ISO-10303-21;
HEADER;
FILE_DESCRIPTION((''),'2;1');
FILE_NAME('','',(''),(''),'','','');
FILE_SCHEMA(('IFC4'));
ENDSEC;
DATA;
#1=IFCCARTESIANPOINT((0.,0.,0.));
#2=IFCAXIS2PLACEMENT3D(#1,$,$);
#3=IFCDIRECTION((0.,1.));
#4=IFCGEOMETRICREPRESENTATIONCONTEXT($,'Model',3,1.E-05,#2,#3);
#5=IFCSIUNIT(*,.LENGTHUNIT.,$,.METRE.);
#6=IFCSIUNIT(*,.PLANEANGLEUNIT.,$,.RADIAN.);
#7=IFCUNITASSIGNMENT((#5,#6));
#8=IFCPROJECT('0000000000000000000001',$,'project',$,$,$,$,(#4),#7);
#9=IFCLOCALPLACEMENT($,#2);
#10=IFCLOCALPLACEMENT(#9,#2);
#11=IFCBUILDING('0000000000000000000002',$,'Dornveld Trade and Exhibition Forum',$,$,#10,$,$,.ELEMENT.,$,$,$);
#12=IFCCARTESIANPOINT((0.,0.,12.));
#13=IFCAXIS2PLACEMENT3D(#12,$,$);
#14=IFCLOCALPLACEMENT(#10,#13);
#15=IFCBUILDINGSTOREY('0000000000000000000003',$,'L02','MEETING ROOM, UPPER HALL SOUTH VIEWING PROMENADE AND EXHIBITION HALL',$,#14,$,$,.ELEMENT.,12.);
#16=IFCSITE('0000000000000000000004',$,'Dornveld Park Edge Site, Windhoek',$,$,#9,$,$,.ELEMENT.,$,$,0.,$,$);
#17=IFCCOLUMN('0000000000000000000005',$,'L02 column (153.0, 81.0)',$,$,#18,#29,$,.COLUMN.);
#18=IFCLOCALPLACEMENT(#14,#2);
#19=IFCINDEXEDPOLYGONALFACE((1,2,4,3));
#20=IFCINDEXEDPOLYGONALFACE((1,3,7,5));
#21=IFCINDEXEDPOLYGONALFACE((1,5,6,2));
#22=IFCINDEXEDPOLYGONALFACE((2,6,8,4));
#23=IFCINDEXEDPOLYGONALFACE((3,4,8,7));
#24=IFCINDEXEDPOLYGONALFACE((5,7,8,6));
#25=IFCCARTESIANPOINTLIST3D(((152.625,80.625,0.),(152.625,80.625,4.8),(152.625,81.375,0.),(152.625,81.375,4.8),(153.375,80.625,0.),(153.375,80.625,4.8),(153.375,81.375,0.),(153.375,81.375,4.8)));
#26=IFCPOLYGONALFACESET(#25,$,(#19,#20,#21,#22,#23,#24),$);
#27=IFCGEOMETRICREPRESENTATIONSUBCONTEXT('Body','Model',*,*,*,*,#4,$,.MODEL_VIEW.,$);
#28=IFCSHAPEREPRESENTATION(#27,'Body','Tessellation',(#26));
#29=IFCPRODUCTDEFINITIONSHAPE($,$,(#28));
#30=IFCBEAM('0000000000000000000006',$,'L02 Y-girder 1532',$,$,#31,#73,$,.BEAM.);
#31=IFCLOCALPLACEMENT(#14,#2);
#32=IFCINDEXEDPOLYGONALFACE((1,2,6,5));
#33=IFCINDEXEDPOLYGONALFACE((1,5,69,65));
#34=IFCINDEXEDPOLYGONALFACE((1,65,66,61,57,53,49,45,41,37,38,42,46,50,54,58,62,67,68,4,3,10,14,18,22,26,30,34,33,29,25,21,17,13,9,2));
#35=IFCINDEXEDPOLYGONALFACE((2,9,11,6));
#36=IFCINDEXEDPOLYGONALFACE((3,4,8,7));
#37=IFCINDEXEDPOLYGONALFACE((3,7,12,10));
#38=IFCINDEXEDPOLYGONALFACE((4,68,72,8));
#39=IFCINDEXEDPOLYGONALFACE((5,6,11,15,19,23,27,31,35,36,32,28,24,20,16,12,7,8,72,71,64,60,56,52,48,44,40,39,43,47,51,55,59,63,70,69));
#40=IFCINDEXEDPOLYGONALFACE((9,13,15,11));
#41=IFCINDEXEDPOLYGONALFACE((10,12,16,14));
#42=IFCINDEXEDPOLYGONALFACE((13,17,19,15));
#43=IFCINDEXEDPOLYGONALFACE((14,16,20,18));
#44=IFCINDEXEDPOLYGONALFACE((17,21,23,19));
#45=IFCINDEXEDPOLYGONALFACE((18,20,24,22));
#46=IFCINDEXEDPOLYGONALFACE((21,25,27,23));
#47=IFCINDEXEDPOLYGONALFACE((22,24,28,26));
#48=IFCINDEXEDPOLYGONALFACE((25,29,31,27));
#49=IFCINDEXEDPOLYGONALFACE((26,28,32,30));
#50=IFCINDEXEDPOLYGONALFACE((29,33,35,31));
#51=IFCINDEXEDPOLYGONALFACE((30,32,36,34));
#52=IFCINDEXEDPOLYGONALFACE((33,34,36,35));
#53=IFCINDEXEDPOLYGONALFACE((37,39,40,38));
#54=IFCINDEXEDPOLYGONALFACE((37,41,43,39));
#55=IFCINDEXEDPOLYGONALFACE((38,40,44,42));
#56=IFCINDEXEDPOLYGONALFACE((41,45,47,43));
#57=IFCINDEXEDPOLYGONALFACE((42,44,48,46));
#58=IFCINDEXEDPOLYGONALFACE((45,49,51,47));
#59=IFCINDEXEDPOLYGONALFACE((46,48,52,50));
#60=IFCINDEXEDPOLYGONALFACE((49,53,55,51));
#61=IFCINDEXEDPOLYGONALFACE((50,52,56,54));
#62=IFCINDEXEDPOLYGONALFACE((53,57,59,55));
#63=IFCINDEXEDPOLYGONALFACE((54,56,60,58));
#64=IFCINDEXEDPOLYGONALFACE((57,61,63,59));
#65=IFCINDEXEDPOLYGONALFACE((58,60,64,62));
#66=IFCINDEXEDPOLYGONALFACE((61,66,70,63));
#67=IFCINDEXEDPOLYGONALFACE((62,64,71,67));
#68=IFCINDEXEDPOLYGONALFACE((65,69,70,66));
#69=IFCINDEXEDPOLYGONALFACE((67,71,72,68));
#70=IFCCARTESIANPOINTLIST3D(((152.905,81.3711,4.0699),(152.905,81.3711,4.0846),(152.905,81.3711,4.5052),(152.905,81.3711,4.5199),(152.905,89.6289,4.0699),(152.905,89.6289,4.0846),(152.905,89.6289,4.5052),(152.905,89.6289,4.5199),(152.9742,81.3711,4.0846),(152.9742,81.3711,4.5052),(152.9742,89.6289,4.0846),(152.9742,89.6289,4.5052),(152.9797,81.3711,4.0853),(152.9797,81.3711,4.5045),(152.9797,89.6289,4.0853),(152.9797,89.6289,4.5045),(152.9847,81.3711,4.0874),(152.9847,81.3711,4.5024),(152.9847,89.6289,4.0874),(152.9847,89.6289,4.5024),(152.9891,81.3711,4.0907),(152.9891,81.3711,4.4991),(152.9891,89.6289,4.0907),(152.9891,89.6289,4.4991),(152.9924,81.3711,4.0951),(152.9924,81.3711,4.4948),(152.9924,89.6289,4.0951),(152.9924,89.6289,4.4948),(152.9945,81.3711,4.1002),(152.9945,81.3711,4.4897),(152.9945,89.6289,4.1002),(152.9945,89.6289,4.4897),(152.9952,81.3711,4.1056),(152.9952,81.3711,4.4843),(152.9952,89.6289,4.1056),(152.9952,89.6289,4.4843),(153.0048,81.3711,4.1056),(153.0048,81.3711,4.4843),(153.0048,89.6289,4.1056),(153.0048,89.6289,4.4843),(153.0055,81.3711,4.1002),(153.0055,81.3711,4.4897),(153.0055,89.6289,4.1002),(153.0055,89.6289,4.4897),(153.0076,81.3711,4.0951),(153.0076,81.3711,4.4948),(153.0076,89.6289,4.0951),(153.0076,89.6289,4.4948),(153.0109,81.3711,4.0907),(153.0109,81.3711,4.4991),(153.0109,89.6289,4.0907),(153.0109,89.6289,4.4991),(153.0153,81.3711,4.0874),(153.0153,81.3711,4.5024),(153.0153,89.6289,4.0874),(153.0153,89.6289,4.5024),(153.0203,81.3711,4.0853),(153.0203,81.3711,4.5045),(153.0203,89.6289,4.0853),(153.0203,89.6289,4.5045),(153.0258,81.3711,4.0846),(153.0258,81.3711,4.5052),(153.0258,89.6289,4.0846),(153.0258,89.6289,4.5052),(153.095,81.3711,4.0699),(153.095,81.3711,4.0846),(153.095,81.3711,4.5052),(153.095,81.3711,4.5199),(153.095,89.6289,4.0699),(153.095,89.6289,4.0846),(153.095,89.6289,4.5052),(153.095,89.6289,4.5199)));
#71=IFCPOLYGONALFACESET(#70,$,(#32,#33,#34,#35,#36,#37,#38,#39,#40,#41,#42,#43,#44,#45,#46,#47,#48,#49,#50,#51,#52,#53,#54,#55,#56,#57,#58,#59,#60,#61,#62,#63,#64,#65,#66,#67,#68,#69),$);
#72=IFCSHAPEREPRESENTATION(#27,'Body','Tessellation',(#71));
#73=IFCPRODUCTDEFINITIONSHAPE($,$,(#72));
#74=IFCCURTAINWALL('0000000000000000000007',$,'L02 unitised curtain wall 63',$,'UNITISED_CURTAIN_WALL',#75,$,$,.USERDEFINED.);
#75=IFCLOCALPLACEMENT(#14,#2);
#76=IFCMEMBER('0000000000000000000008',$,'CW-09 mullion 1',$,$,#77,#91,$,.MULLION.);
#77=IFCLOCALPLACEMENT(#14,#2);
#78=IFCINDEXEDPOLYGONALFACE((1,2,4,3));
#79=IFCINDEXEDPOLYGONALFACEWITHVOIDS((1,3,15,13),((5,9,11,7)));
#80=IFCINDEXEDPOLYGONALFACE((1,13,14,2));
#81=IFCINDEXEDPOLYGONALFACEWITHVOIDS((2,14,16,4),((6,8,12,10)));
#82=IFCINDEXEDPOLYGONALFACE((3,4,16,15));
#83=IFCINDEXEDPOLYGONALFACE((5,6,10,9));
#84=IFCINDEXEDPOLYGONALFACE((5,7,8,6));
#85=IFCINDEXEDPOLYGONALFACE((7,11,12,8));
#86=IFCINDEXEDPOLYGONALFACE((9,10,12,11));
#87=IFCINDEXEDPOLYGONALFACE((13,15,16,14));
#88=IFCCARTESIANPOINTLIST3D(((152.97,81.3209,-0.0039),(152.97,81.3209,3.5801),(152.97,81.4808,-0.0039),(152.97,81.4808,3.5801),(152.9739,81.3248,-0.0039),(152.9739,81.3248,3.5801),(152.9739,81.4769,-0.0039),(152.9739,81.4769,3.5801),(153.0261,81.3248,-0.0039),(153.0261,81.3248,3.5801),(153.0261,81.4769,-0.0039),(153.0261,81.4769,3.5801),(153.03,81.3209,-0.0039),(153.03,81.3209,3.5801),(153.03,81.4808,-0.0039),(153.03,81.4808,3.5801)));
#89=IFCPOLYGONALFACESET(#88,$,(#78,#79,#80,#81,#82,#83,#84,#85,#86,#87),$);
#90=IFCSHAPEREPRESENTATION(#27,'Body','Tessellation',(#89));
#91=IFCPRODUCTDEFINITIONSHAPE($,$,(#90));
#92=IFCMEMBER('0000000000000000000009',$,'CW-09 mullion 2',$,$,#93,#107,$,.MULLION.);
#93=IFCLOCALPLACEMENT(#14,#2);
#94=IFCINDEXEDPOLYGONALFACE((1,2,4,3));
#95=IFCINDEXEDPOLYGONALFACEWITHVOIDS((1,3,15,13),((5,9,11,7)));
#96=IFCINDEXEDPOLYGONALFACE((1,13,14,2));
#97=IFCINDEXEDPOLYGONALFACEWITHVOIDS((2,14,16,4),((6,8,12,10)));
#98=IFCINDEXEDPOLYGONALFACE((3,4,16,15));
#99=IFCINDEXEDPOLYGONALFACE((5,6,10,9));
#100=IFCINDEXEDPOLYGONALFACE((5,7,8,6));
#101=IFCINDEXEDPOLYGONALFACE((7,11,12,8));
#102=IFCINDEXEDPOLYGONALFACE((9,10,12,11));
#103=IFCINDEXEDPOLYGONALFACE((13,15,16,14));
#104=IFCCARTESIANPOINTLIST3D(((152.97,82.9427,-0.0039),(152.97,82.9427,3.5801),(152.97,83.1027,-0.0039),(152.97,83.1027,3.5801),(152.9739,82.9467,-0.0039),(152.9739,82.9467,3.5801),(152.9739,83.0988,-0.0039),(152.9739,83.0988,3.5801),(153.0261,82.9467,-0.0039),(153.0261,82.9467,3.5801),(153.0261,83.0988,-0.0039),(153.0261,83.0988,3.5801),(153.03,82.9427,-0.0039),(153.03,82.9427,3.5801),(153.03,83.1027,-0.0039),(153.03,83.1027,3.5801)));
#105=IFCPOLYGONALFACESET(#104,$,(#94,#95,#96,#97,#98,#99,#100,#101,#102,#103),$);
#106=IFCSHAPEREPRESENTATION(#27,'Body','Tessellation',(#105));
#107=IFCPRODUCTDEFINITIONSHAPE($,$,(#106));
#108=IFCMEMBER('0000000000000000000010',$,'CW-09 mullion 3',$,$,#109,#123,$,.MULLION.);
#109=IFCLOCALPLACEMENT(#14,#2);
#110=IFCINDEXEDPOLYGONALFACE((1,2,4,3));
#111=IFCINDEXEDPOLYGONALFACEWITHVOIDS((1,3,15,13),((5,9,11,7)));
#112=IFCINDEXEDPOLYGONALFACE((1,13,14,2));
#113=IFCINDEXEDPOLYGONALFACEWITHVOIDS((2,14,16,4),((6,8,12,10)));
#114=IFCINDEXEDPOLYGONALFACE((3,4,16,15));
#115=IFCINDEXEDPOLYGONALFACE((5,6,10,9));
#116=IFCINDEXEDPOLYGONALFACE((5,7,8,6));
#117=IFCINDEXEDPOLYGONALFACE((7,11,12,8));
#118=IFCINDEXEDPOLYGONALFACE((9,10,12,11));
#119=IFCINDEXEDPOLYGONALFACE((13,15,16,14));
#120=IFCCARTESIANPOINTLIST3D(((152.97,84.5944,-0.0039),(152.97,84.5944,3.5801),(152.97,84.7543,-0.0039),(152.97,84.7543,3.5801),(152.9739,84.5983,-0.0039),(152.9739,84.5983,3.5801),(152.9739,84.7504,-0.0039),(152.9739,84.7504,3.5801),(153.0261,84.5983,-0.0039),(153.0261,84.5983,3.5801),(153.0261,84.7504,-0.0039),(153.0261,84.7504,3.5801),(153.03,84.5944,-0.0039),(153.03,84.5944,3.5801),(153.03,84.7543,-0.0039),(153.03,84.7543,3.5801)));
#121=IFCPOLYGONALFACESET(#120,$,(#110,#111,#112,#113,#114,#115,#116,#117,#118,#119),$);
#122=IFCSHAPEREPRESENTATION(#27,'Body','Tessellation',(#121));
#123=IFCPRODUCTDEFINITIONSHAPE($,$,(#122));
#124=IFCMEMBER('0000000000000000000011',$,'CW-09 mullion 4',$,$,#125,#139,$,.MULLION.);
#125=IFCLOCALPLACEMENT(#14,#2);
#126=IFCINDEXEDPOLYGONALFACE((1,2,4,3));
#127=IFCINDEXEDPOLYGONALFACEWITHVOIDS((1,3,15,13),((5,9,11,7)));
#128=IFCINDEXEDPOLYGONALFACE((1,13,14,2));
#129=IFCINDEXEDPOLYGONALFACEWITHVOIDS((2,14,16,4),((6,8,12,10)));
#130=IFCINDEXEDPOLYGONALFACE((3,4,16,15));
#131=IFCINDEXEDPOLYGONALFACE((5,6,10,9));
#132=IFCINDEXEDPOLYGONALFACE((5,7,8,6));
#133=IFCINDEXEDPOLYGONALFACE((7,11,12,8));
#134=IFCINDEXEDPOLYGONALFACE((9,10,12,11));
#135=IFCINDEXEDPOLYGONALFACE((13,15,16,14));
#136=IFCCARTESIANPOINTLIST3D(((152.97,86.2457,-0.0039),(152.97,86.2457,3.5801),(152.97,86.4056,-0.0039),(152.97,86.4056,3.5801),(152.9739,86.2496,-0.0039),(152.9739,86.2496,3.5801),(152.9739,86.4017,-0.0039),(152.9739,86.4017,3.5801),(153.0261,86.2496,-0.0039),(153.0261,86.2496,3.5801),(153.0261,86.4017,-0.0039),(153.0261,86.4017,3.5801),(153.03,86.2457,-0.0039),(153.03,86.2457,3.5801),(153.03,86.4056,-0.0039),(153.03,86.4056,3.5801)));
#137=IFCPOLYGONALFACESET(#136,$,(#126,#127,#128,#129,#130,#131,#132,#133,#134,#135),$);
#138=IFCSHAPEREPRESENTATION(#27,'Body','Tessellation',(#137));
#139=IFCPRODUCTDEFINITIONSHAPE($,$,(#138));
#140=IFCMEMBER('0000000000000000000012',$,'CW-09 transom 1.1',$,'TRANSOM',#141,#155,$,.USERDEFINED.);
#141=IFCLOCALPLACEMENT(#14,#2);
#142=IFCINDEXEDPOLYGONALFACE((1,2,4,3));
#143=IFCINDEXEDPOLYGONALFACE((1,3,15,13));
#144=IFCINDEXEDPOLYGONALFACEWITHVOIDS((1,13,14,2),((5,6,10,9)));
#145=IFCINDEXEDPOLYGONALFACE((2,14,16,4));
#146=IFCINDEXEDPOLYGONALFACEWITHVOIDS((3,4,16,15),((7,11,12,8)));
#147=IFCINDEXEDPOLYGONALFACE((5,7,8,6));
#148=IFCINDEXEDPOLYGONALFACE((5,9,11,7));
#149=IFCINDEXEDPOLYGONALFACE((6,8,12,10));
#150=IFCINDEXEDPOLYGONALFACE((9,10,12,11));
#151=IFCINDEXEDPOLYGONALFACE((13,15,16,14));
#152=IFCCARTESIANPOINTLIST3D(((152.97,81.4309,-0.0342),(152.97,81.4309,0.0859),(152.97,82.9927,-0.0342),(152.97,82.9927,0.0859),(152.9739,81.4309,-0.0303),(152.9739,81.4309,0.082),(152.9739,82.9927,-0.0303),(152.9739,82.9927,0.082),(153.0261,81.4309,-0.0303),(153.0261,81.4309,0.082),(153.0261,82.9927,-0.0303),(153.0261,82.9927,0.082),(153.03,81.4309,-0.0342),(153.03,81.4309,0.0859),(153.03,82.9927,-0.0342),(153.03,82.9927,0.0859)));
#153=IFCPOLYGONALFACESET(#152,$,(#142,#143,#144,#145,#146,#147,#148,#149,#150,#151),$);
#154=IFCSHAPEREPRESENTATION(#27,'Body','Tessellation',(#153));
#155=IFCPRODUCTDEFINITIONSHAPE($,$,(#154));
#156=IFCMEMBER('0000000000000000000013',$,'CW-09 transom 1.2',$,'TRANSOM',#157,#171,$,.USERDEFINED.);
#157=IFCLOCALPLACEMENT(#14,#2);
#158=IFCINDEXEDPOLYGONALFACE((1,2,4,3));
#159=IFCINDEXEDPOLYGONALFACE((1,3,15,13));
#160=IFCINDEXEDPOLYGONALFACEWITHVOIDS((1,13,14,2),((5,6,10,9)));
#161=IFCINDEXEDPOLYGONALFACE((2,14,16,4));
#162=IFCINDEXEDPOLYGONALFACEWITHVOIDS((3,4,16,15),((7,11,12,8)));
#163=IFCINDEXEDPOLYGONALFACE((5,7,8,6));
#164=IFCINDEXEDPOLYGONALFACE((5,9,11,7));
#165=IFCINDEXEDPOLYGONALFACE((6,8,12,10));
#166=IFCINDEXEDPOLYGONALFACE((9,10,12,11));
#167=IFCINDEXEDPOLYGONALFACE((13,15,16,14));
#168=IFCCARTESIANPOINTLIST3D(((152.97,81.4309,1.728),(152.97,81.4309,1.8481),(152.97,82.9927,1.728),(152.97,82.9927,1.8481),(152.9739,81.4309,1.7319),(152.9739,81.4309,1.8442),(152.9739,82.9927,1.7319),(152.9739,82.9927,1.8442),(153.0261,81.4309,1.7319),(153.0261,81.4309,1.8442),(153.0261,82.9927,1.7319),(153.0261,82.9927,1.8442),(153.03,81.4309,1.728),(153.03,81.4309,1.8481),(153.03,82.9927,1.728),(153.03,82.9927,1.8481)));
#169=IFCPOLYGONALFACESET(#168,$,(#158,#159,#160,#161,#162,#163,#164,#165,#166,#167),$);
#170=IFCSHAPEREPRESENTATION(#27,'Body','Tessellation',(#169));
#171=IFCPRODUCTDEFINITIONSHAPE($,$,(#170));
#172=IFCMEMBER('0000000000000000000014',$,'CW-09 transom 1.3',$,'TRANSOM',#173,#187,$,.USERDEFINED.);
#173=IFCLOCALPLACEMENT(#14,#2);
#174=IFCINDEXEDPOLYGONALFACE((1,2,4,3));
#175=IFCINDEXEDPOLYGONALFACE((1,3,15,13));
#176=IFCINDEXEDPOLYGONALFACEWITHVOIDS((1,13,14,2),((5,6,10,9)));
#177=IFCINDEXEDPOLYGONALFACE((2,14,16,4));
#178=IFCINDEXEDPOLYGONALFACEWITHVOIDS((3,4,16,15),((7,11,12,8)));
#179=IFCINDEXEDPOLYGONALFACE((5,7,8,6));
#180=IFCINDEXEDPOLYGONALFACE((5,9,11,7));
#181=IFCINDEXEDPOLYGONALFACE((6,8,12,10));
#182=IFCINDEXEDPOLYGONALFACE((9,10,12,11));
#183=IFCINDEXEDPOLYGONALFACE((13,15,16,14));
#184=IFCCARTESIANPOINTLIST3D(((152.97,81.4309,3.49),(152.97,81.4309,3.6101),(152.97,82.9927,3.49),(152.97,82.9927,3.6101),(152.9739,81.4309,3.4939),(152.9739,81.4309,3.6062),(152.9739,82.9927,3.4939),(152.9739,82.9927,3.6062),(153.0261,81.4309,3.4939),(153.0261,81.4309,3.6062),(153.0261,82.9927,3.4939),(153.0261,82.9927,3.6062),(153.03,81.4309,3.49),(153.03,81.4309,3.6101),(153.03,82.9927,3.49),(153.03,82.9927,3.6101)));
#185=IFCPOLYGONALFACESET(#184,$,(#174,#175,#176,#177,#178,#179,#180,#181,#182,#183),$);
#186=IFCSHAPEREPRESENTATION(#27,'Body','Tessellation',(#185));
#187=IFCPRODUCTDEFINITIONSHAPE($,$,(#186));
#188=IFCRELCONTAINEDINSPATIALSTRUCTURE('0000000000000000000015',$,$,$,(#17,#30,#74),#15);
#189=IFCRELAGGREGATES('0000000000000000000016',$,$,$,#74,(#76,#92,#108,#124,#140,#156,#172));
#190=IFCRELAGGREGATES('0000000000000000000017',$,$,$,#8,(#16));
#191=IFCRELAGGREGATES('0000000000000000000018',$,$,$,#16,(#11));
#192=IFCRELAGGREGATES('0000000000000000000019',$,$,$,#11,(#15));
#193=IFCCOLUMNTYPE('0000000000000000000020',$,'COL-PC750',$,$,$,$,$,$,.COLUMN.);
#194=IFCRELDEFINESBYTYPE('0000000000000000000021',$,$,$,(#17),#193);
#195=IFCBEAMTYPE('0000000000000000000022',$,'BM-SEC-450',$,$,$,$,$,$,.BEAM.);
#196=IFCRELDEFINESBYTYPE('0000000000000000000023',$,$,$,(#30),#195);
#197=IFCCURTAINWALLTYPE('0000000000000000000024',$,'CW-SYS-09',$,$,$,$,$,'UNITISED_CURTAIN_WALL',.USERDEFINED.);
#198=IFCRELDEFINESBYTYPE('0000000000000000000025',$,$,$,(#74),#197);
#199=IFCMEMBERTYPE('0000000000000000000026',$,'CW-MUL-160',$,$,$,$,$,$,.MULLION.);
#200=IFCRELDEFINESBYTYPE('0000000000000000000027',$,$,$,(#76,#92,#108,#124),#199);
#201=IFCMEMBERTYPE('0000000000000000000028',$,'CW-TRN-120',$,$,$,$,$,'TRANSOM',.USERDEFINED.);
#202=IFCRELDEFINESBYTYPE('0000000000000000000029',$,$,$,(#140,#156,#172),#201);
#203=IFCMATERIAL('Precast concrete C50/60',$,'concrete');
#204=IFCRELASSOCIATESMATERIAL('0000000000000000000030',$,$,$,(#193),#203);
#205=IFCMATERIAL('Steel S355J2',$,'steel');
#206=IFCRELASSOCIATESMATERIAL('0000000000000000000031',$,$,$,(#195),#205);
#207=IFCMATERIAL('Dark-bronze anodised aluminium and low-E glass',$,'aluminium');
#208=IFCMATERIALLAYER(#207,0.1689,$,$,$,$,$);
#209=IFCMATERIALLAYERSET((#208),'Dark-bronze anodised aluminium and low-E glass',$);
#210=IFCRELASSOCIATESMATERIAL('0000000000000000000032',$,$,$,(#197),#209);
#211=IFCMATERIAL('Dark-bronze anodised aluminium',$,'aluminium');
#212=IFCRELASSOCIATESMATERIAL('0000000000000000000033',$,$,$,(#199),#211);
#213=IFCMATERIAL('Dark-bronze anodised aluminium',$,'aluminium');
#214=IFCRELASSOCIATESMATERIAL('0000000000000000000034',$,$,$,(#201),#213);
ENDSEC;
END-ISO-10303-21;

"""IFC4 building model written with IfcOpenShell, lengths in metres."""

from ifc_helpers import new_model, si_unit, direction, frame, origin, origin_2d, place, context, subcontext, project, spatial, rectangle, hollow_rectangle, i_section, extrude, material, layer, layer_set, material_profile, profile_set, type_object, element, aggregate, save


model = new_model("IFC4")

# Units and contexts
model_context = context("Model", 3, precision=1e-05, world=origin(), true_north=direction((0.0, 1.0)))
body_context = subcontext(model_context, "Body", "Model", "MODEL_VIEW")
ifc_project = project(units=[si_unit("LENGTHUNIT", "METRE"), si_unit("PLANEANGLEUNIT", "RADIAN")], contexts=[model_context])

# Site, building, storey
site_placement = place(None, origin())
site = spatial("IfcSite", under=ifc_project, at=site_placement, Name="Dornveld Park Edge Site, Windhoek", CompositionType="ELEMENT", RefElevation=0.0)
building_placement = place(site_placement, origin())
building = spatial("IfcBuilding", under=site, at=building_placement, Name="Dornveld Trade and Exhibition Forum", CompositionType="ELEMENT")
storey_placement = place(building_placement, frame((0.0, 0.0, 12.0)))
storey = spatial("IfcBuildingStorey", under=building, at=storey_placement, Name="L02", Description="MEETING ROOM, UPPER HALL SOUTH VIEWING PROMENADE AND EXHIBITION HALL", CompositionType="ELEMENT", Elevation=12.0)

# Column
ifc_material_1 = material(Name="Precast concrete C50/60", Category="concrete")
ifc_material_profile_1 = material_profile(ifc_material_1, rectangle(XDim=0.75, YDim=0.75, at=origin_2d()), Name="PC-COL 750x750")
ifc_profile_set_1 = profile_set([ifc_material_profile_1], Name="Precast concrete C50/60")
column_type = type_object("IfcColumnType", Name="COL-PC750", PredefinedType="COLUMN", material=ifc_profile_set_1)
column_placement = place(storey_placement, frame((153.0, 81.0, 0.0), z_axis=(0.0, 0.0, 1.0), x_axis=(1.0, 0.0, 0.0)))
element("IfcColumn", 1, at=column_placement, inside=storey, type_object=column_type, Name="L02 column (153.0, 81.0)", PredefinedType="COLUMN", context=body_context, shape_type="SweptSolid", body=[
    extrude(rectangle(XDim=0.75, YDim=0.75, at=origin_2d()), origin(), (0.0, 0.0, 1.0), 4.8),
])

# Beam
ifc_material_2 = material(Name="Steel S355J2", Category="steel")
ifc_material_profile_2 = material_profile(ifc_material_2, i_section(OverallWidth=0.1899, OverallDepth=0.45, WebThickness=0.0095, FlangeThickness=0.0146, FilletRadius=0.021, at=origin_2d()), Name="IPE 450")
ifc_profile_set_2 = profile_set([ifc_material_profile_2], Name="Steel S355J2")
beam_type = type_object("IfcBeamType", Name="BM-SEC-450", PredefinedType="BEAM", material=ifc_profile_set_2)
beam_placement = place(storey_placement, frame((153.0, 81.3711, 4.2949), z_axis=(0.0, 1.0, 0.0), x_axis=(-1.0, 0.0, 0.0)))
element("IfcBeam", 2, at=beam_placement, inside=storey, type_object=beam_type, Name="L02 Y-girder 1532", PredefinedType="BEAM", context=body_context, shape_type="SweptSolid", body=[
    extrude(i_section(OverallWidth=0.1899, OverallDepth=0.45, WebThickness=0.0095, FlangeThickness=0.0146, FilletRadius=0.021, at=origin_2d()), origin(), (0.0, 0.0, 1.0), 8.2578),
])

# Curtain wall, members
ifc_material_3 = material(Name="Dark-bronze anodised aluminium and low-E glass", Category="aluminium")
ifc_layer_1 = layer(ifc_material_3, 0.1689)
ifc_layer_set_1 = layer_set([ifc_layer_1], Name="Dark-bronze anodised aluminium and low-E glass")
curtain_wall_type = type_object("IfcCurtainWallType", Name="CW-SYS-09", ElementType="UNITISED_CURTAIN_WALL", PredefinedType="USERDEFINED", material=ifc_layer_set_1)
curtain_wall_placement = place(storey_placement, origin())
curtain_wall = element("IfcCurtainWall", 3, at=curtain_wall_placement, inside=storey, type_object=curtain_wall_type, Name="L02 unitised curtain wall 63", ObjectType="UNITISED_CURTAIN_WALL", PredefinedType="USERDEFINED")
ifc_material_4 = material(Name="Dark-bronze anodised aluminium", Category="aluminium")
ifc_material_profile_3 = material_profile(ifc_material_4, hollow_rectangle(XDim=0.0601, YDim=0.1599, WallThickness=0.0039, at=origin_2d()), Name="RHS 160x60x4")
ifc_profile_set_3 = profile_set([ifc_material_profile_3], Name="Dark-bronze anodised aluminium")
member_type_1 = type_object("IfcMemberType", Name="CW-MUL-160", PredefinedType="MULLION", material=ifc_profile_set_3)
member_1_placement = place(storey_placement, frame((153.0, 81.4009, -0.0039), z_axis=(0.0, 0.0, 1.0), x_axis=(-1.0, 0.0, 0.0)))
member_1 = element("IfcMember", 4, at=member_1_placement, type_object=member_type_1, Name="CW-09 mullion 1", PredefinedType="MULLION", context=body_context, shape_type="SweptSolid", body=[
    extrude(hollow_rectangle(XDim=0.0601, YDim=0.1599, WallThickness=0.0039, at=origin_2d()), origin(), (0.0, 0.0, 1.0), 3.584),
])
member_2_placement = place(storey_placement, frame((153.0, 83.0227, -0.0039), z_axis=(0.0, 0.0, 1.0), x_axis=(-1.0, 0.0, 0.0)))
member_2 = element("IfcMember", 5, at=member_2_placement, type_object=member_type_1, Name="CW-09 mullion 2", PredefinedType="MULLION", context=body_context, shape_type="SweptSolid", body=[
    extrude(hollow_rectangle(XDim=0.0601, YDim=0.1599, WallThickness=0.0039, at=origin_2d()), origin(), (0.0, 0.0, 1.0), 3.584),
])
member_3_placement = place(storey_placement, frame((153.0, 84.6743, -0.0039), z_axis=(0.0, 0.0, 1.0), x_axis=(-1.0, 0.0, 0.0)))
member_3 = element("IfcMember", 6, at=member_3_placement, type_object=member_type_1, Name="CW-09 mullion 3", PredefinedType="MULLION", context=body_context, shape_type="SweptSolid", body=[
    extrude(hollow_rectangle(XDim=0.0601, YDim=0.1599, WallThickness=0.0039, at=origin_2d()), origin(), (0.0, 0.0, 1.0), 3.584),
])
member_4_placement = place(storey_placement, frame((153.0, 86.3257, -0.0039), z_axis=(0.0, 0.0, 1.0), x_axis=(-1.0, 0.0, 0.0)))
member_4 = element("IfcMember", 7, at=member_4_placement, type_object=member_type_1, Name="CW-09 mullion 4", PredefinedType="MULLION", context=body_context, shape_type="SweptSolid", body=[
    extrude(hollow_rectangle(XDim=0.0601, YDim=0.1599, WallThickness=0.0039, at=origin_2d()), origin(), (0.0, 0.0, 1.0), 3.584),
])
ifc_material_5 = material(Name="Dark-bronze anodised aluminium", Category="aluminium")
ifc_material_profile_4 = material_profile(ifc_material_5, hollow_rectangle(XDim=0.0601, YDim=0.1201, WallThickness=0.0039, at=origin_2d()), Name="RHS 120x60x4")
ifc_profile_set_4 = profile_set([ifc_material_profile_4], Name="Dark-bronze anodised aluminium")
member_type_2 = type_object("IfcMemberType", Name="CW-TRN-120", ElementType="TRANSOM", PredefinedType="USERDEFINED", material=ifc_profile_set_4)
member_5_placement = place(storey_placement, frame((153.0, 81.4309, 0.0259), z_axis=(0.0, 1.0, 0.0), x_axis=(-1.0, 0.0, 0.0)))
member_5 = element("IfcMember", 8, at=member_5_placement, type_object=member_type_2, Name="CW-09 transom 1.1", ObjectType="TRANSOM", PredefinedType="USERDEFINED", context=body_context, shape_type="SweptSolid", body=[
    extrude(hollow_rectangle(XDim=0.0601, YDim=0.1201, WallThickness=0.0039, at=origin_2d()), origin(), (0.0, 0.0, 1.0), 1.5618),
])
member_6_placement = place(storey_placement, frame((153.0, 81.4309, 1.7881), z_axis=(0.0, 1.0, 0.0), x_axis=(-1.0, 0.0, 0.0)))
member_6 = element("IfcMember", 9, at=member_6_placement, type_object=member_type_2, Name="CW-09 transom 1.2", ObjectType="TRANSOM", PredefinedType="USERDEFINED", context=body_context, shape_type="SweptSolid", body=[
    extrude(hollow_rectangle(XDim=0.0601, YDim=0.1201, WallThickness=0.0039, at=origin_2d()), origin(), (0.0, 0.0, 1.0), 1.5618),
])
member_7_placement = place(storey_placement, frame((153.0, 81.4309, 3.55), z_axis=(0.0, 1.0, 0.0), x_axis=(-1.0, 0.0, 0.0)))
member_7 = element("IfcMember", 10, at=member_7_placement, type_object=member_type_2, Name="CW-09 transom 1.3", ObjectType="TRANSOM", PredefinedType="USERDEFINED", context=body_context, shape_type="SweptSolid", body=[
    extrude(hollow_rectangle(XDim=0.0601, YDim=0.1201, WallThickness=0.0039, at=origin_2d()), origin(), (0.0, 0.0, 1.0), 1.5618),
])
aggregate(curtain_wall, [member_1, member_2, member_3, member_4, member_5, member_6, member_7])

save(model, "model.ifc")
